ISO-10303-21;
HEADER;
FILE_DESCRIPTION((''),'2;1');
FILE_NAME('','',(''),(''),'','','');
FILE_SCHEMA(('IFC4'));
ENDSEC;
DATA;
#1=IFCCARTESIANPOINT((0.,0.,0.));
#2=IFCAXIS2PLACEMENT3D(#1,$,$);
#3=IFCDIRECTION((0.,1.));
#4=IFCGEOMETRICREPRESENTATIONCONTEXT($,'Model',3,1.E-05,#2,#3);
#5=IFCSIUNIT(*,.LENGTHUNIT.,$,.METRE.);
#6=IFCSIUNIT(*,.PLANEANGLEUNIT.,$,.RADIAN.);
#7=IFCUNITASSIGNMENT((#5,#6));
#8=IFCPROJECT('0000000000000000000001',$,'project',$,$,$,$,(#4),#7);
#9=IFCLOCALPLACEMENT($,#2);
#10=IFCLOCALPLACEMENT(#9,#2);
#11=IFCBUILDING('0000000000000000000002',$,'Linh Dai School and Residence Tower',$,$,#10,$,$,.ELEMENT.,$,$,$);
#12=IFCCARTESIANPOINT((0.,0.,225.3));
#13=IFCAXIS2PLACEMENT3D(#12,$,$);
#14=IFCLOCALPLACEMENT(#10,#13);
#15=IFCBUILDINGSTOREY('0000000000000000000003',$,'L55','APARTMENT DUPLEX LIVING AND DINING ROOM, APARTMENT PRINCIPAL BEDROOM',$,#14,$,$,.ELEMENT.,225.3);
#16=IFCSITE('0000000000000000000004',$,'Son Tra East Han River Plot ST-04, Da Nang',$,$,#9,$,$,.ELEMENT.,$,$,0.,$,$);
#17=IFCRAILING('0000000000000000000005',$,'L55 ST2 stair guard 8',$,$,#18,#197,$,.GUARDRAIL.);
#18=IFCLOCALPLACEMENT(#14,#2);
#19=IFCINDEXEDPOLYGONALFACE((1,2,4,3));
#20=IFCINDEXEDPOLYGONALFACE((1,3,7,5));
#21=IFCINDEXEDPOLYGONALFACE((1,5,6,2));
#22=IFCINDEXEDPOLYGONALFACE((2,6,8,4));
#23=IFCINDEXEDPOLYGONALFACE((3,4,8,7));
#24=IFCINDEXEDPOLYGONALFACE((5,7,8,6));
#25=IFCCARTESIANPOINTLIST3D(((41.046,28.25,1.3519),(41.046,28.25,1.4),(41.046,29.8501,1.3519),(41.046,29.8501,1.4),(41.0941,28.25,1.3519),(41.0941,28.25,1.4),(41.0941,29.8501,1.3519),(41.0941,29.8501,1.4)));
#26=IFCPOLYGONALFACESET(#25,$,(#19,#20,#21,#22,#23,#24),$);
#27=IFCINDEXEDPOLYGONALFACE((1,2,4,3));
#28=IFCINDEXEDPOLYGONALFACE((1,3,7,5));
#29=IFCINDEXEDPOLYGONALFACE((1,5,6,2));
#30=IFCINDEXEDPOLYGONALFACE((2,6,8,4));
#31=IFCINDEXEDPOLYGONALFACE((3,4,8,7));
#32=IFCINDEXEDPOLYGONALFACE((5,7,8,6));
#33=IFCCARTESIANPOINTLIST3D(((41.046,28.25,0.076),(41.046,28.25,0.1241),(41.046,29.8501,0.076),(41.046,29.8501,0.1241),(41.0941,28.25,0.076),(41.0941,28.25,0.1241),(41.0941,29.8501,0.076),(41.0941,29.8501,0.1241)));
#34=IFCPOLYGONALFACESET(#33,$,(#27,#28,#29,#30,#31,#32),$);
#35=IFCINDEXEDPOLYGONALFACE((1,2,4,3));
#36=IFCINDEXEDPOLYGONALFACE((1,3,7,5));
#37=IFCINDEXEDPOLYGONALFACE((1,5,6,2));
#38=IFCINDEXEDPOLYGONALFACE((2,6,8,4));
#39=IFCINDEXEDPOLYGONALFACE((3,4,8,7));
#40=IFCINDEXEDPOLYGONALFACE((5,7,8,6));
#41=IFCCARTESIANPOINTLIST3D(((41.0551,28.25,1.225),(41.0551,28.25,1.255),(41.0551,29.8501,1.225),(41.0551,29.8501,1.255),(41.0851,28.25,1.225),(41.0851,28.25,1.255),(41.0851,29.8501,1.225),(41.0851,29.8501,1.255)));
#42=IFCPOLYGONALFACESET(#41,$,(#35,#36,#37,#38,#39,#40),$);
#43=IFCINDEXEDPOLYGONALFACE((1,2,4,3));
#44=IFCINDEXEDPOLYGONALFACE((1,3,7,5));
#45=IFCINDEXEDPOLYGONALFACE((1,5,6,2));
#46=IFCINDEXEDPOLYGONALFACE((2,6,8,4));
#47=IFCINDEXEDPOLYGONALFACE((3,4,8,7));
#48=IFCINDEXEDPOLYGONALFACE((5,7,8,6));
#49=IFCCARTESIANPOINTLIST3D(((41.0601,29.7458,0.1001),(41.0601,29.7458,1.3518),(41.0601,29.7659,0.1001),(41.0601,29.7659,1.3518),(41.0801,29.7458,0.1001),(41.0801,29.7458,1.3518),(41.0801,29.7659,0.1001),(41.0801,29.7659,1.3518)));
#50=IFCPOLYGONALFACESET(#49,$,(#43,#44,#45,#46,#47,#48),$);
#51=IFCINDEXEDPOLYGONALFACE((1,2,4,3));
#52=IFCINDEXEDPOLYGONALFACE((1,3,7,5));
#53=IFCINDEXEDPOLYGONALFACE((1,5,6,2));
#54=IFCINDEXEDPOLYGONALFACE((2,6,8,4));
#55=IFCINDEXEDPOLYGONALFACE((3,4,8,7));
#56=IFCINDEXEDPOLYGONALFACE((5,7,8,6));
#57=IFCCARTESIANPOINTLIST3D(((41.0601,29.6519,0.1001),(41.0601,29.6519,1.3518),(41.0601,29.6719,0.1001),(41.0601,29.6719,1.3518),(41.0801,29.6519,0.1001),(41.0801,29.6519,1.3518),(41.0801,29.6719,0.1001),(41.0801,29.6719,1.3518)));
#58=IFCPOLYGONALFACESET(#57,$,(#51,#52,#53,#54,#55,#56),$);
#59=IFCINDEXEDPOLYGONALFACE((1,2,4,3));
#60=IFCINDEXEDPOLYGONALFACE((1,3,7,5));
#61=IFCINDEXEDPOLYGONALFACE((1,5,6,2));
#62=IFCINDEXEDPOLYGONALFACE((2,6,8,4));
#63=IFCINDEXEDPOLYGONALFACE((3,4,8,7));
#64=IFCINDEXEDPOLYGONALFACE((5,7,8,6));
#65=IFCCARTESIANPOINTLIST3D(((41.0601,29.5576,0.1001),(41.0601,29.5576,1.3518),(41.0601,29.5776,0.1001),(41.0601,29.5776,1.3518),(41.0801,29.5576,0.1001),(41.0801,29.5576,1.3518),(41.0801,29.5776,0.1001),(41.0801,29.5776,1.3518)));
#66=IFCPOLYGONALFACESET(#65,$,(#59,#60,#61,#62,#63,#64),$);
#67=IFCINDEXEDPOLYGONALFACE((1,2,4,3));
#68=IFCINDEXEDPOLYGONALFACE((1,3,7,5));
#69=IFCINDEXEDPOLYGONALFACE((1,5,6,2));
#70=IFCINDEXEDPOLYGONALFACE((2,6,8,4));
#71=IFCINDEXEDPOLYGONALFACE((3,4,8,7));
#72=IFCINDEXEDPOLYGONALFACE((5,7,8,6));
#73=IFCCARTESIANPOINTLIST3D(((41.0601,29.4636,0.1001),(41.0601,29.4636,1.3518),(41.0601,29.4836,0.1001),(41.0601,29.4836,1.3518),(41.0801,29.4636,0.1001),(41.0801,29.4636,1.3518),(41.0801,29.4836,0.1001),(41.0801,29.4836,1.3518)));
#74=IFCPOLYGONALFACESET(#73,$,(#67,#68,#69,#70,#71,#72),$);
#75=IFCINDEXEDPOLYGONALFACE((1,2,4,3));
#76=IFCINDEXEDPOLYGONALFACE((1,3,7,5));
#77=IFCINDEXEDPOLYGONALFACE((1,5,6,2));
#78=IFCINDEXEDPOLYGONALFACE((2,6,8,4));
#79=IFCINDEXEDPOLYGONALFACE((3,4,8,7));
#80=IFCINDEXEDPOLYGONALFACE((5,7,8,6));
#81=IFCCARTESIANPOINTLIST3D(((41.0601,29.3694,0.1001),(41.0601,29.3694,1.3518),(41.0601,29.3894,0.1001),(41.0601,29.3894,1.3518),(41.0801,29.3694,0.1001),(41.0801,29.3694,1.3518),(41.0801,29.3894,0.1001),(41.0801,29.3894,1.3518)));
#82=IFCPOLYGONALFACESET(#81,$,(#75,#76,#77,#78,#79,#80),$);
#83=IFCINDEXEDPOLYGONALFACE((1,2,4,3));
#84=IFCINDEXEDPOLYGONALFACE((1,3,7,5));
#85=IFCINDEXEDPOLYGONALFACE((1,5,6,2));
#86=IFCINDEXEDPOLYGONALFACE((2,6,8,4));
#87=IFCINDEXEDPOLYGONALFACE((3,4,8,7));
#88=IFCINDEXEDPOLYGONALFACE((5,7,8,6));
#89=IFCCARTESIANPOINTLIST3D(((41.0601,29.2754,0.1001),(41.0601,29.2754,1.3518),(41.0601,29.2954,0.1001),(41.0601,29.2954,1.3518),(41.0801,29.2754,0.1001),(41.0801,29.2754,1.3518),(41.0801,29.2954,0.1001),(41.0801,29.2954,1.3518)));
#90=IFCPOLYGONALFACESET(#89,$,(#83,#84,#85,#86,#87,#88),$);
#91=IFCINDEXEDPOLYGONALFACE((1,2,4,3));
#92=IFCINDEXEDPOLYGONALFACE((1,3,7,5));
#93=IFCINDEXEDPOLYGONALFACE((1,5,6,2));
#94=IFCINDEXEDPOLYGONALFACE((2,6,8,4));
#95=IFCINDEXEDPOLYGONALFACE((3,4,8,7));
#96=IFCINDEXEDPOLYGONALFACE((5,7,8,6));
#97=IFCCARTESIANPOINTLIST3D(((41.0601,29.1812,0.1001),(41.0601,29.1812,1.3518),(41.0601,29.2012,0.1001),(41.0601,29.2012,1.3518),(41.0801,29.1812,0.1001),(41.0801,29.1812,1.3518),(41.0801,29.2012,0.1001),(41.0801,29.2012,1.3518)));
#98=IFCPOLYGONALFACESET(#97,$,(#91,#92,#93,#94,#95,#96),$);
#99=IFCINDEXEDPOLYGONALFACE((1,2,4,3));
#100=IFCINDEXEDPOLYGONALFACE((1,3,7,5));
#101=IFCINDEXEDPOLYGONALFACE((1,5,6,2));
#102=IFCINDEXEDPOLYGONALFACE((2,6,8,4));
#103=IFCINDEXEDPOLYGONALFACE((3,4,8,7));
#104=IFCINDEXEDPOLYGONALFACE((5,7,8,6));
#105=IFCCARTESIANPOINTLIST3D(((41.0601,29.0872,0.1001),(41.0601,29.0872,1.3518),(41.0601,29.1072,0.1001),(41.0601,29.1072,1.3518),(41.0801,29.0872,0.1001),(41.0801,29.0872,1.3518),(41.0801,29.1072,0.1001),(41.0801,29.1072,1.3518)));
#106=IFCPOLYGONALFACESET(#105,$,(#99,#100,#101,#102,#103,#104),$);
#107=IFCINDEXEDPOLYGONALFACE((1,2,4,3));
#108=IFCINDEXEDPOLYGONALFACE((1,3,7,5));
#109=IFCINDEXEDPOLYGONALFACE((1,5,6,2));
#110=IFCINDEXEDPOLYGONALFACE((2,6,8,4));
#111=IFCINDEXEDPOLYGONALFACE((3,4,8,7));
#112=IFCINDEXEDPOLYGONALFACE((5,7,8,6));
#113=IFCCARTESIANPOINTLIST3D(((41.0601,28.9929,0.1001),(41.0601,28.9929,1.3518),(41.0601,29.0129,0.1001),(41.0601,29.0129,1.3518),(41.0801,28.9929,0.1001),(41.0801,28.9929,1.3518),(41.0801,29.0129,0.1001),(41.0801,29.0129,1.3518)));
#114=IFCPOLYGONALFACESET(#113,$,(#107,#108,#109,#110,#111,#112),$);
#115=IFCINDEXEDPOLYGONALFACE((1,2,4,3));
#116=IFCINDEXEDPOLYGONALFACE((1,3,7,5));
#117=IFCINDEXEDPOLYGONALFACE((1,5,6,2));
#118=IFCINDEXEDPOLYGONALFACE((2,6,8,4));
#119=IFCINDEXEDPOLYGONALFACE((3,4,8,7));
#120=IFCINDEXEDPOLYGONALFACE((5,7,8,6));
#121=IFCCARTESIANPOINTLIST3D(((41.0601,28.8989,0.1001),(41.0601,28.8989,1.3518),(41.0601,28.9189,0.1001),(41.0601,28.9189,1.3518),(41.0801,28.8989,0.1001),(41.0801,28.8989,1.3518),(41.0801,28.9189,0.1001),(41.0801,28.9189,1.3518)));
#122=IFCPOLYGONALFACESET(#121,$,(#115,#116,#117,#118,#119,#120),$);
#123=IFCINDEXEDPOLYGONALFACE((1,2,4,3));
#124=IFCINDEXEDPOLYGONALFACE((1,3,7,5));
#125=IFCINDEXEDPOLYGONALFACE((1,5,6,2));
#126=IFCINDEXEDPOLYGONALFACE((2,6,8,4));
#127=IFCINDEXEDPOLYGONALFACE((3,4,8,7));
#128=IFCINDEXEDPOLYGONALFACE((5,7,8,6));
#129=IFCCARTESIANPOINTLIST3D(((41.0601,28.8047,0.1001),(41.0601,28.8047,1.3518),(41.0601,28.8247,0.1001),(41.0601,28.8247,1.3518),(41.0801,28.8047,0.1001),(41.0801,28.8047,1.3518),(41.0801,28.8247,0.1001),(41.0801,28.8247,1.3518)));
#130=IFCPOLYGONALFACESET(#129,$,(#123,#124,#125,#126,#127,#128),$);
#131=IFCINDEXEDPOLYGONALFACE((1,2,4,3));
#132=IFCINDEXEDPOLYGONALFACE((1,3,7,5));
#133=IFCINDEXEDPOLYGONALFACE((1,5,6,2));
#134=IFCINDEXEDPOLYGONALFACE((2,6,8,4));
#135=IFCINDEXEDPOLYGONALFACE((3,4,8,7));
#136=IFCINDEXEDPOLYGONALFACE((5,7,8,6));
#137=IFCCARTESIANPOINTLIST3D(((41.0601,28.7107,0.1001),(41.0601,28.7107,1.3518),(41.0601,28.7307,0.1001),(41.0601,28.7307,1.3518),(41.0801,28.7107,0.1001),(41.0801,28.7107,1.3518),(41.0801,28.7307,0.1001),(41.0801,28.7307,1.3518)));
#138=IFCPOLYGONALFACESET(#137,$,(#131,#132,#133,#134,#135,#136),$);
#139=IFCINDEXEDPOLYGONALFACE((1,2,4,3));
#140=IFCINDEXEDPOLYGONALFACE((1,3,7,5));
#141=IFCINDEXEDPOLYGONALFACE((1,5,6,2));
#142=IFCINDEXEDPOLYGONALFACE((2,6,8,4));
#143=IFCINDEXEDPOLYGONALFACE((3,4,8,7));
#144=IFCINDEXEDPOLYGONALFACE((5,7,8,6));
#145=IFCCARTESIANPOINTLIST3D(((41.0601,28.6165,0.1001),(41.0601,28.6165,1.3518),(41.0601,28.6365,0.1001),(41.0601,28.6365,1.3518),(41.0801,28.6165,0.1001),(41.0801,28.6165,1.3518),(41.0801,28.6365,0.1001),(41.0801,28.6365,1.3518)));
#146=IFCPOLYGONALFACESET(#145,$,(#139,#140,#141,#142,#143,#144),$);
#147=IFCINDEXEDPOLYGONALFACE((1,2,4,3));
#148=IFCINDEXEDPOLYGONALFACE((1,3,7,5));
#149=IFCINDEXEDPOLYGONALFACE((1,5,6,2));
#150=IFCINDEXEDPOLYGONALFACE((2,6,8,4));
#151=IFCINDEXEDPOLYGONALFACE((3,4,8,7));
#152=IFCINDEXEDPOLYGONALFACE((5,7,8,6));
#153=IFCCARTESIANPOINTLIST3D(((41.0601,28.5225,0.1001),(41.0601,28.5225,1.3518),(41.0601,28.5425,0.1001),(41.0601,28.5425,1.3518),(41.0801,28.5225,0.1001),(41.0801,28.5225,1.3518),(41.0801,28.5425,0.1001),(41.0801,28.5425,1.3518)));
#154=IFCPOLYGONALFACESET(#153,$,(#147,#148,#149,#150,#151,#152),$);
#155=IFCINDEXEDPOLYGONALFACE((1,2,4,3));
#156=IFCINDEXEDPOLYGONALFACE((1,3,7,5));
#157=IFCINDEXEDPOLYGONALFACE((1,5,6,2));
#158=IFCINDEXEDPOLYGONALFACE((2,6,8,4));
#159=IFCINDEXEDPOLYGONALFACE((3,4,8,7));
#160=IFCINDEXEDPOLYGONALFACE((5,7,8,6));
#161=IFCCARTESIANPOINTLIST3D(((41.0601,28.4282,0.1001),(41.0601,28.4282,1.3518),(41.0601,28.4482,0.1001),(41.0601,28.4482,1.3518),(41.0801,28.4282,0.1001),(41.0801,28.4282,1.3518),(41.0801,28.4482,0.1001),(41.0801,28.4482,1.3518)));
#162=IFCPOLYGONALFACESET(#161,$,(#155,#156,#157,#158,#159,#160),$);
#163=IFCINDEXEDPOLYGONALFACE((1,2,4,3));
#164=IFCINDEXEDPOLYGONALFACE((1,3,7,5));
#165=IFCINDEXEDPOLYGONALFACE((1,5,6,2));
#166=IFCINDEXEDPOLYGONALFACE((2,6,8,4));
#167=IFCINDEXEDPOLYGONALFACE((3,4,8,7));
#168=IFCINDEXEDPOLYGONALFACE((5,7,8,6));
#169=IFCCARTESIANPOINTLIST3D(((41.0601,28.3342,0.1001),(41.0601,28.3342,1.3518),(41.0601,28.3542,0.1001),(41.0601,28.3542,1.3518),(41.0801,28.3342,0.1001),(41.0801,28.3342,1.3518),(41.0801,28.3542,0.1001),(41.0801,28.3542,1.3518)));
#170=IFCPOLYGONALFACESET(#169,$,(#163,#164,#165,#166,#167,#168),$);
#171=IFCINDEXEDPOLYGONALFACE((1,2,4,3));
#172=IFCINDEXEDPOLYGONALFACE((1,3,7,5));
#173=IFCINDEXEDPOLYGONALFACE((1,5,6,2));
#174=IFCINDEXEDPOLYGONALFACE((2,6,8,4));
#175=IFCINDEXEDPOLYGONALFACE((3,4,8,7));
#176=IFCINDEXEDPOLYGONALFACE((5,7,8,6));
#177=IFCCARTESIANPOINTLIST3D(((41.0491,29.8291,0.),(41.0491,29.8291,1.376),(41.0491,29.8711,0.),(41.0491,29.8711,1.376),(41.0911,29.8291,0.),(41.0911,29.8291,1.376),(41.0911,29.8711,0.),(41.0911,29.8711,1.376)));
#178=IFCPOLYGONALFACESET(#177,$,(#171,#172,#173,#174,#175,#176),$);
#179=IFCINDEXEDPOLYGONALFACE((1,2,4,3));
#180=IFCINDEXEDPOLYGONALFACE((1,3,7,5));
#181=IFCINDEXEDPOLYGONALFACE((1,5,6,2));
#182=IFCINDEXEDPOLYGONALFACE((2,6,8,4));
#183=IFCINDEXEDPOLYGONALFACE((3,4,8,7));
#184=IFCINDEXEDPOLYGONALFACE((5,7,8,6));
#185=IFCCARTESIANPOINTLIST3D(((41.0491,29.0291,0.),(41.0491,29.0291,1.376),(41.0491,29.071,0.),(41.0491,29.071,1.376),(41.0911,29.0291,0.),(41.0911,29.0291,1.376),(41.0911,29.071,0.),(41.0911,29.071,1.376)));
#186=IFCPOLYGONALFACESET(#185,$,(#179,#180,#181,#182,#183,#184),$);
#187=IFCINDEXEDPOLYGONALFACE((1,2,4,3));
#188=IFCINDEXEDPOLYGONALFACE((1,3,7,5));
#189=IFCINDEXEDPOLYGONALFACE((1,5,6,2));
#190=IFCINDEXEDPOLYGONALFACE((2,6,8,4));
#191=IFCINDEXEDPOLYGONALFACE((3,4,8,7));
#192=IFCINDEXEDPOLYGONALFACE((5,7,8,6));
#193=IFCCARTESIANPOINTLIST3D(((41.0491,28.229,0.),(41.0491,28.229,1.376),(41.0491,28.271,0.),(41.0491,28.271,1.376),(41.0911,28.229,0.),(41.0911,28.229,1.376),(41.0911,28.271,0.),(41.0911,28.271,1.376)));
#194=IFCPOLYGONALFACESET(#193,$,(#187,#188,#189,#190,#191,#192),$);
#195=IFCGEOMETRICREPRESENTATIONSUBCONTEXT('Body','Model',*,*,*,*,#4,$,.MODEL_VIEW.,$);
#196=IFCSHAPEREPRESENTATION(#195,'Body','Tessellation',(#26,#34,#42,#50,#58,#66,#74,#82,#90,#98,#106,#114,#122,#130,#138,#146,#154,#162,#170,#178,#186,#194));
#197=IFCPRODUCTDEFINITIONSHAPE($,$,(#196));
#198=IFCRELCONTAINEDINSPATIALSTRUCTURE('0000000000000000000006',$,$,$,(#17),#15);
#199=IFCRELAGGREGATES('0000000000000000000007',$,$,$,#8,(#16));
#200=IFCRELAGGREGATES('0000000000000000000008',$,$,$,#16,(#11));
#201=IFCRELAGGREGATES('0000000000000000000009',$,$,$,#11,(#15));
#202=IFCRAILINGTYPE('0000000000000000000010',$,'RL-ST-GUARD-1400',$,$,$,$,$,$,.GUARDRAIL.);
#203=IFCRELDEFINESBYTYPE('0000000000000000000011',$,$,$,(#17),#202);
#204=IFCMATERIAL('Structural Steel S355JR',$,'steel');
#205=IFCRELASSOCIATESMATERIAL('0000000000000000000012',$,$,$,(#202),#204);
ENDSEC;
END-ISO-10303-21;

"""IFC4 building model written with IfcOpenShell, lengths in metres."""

from ifc_helpers import new_model, si_unit, direction, frame, origin, origin_2d, place, context, subcontext, project, spatial, rectangle, extrude, source, transform, mapped, material, type_object, element, save


model = new_model("IFC4")

# Units and contexts
model_context = context("Model", 3, precision=1e-05, world=origin(), true_north=direction((0.0, 1.0)))
body_context = subcontext(model_context, "Body", "Model", "MODEL_VIEW")
ifc_project = project(units=[si_unit("LENGTHUNIT", "METRE"), si_unit("PLANEANGLEUNIT", "RADIAN")], contexts=[model_context])

# Site, building, storey
site_placement = place(None, origin())
site = spatial("IfcSite", under=ifc_project, at=site_placement, Name="Son Tra East Han River Plot ST-04, Da Nang", CompositionType="ELEMENT", RefElevation=0.0)
building_placement = place(site_placement, origin())
building = spatial("IfcBuilding", under=site, at=building_placement, Name="Linh Dai School and Residence Tower", CompositionType="ELEMENT")
storey_placement = place(building_placement, frame((0.0, 0.0, 225.3)))
storey = spatial("IfcBuildingStorey", under=building, at=storey_placement, Name="L55", Description="APARTMENT DUPLEX LIVING AND DINING ROOM, APARTMENT PRINCIPAL BEDROOM", CompositionType="ELEMENT", Elevation=225.3)

# Shared definitions
ifc_material_1 = material(Name="Structural Steel S355JR", Category="steel")

# Railing
railing_type_1 = type_object("IfcRailingType", Name="RL-ST-GUARD-1400", PredefinedType="GUARDRAIL", material=ifc_material_1)
shared_shape_1 = source(origin(), body_context, "Body", "SweptSolid", [
    extrude(rectangle(XDim=0.0481, YDim=0.0481, at=origin_2d()), frame((0.0, 0.0, 1.376), z_axis=(0.0, -1.0, 0.0), x_axis=(1.0, 0.0, 0.0)), (0.0, 0.0, 1.0), 1.6001),
    extrude(rectangle(XDim=0.0481, YDim=0.0481, at=origin_2d()), frame((0.0, 0.0, 0.1001), z_axis=(0.0, -1.0, 0.0), x_axis=(1.0, 0.0, 0.0)), (0.0, 0.0, 1.0), 1.6001),
    extrude(rectangle(XDim=0.03, YDim=0.03, at=origin_2d()), frame((0.0, 0.0, 1.24), z_axis=(0.0, -1.0, 0.0), x_axis=(1.0, 0.0, 0.0)), (0.0, 0.0, 1.0), 1.6001),
    extrude(rectangle(XDim=0.02, YDim=0.02, at=origin_2d()), frame((0.0, -0.0942, 0.1001)), (0.0, 0.0, 1.0), 1.2517),
    extrude(rectangle(XDim=0.02, YDim=0.02, at=origin_2d()), frame((0.0, -0.1882, 0.1001)), (0.0, 0.0, 1.0), 1.2517),
    extrude(rectangle(XDim=0.02, YDim=0.02, at=origin_2d()), frame((0.0, -0.2825, 0.1001)), (0.0, 0.0, 1.0), 1.2517),
    extrude(rectangle(XDim=0.02, YDim=0.02, at=origin_2d()), frame((0.0, -0.3765, 0.1001)), (0.0, 0.0, 1.0), 1.2517),
    extrude(rectangle(XDim=0.02, YDim=0.02, at=origin_2d()), frame((0.0, -0.4707, 0.1001)), (0.0, 0.0, 1.0), 1.2517),
    extrude(rectangle(XDim=0.02, YDim=0.02, at=origin_2d()), frame((0.0, -0.5647, 0.1001)), (0.0, 0.0, 1.0), 1.2517),
    extrude(rectangle(XDim=0.02, YDim=0.02, at=origin_2d()), frame((0.0, -0.6589, 0.1001)), (0.0, 0.0, 1.0), 1.2517),
    extrude(rectangle(XDim=0.02, YDim=0.02, at=origin_2d()), frame((0.0, -0.7529, 0.1001)), (0.0, 0.0, 1.0), 1.2517),
    extrude(rectangle(XDim=0.02, YDim=0.02, at=origin_2d()), frame((0.0, -0.8472, 0.1001)), (0.0, 0.0, 1.0), 1.2517),
    extrude(rectangle(XDim=0.02, YDim=0.02, at=origin_2d()), frame((0.0, -0.9412, 0.1001)), (0.0, 0.0, 1.0), 1.2517),
    extrude(rectangle(XDim=0.02, YDim=0.02, at=origin_2d()), frame((0.0, -1.0354, 0.1001)), (0.0, 0.0, 1.0), 1.2517),
    extrude(rectangle(XDim=0.02, YDim=0.02, at=origin_2d()), frame((0.0, -1.1294, 0.1001)), (0.0, 0.0, 1.0), 1.2517),
    extrude(rectangle(XDim=0.02, YDim=0.02, at=origin_2d()), frame((0.0, -1.2236, 0.1001)), (0.0, 0.0, 1.0), 1.2517),
    extrude(rectangle(XDim=0.02, YDim=0.02, at=origin_2d()), frame((0.0, -1.3176, 0.1001)), (0.0, 0.0, 1.0), 1.2517),
    extrude(rectangle(XDim=0.02, YDim=0.02, at=origin_2d()), frame((0.0, -1.4119, 0.1001)), (0.0, 0.0, 1.0), 1.2517),
    extrude(rectangle(XDim=0.02, YDim=0.02, at=origin_2d()), frame((0.0, -1.5059, 0.1001)), (0.0, 0.0, 1.0), 1.2517),
    extrude(rectangle(XDim=0.042, YDim=0.042, at=origin_2d()), origin(), (0.0, 0.0, 1.0), 1.376),
    extrude(rectangle(XDim=0.042, YDim=0.042, at=origin_2d()), frame((0.0, -0.8, 0.0)), (0.0, 0.0, 1.0), 1.376),
    extrude(rectangle(XDim=0.042, YDim=0.042, at=origin_2d()), frame((0.0, -1.6001, 0.0)), (0.0, 0.0, 1.0), 1.376),
])
for number, where, name in (
    (1, (41.0701, 29.8501, 0.0), "L55 ST2 stair guard 8"),
):
    element("IfcRailing", number, at=place(storey_placement, frame(where)), inside=storey, type_object=railing_type_1, Name=name, PredefinedType="GUARDRAIL", context=body_context, shape_type="MappedRepresentation", body=[
        mapped(shared_shape_1, transform((0.0, 0.0, 0.0), x_axis=(1.0, 0.0, 0.0), y_axis=(0.0, 1.0, 0.0), z_axis=(0.0, 0.0, 1.0), scale=1.0)),
    ])

save(model, "model.ifc")
